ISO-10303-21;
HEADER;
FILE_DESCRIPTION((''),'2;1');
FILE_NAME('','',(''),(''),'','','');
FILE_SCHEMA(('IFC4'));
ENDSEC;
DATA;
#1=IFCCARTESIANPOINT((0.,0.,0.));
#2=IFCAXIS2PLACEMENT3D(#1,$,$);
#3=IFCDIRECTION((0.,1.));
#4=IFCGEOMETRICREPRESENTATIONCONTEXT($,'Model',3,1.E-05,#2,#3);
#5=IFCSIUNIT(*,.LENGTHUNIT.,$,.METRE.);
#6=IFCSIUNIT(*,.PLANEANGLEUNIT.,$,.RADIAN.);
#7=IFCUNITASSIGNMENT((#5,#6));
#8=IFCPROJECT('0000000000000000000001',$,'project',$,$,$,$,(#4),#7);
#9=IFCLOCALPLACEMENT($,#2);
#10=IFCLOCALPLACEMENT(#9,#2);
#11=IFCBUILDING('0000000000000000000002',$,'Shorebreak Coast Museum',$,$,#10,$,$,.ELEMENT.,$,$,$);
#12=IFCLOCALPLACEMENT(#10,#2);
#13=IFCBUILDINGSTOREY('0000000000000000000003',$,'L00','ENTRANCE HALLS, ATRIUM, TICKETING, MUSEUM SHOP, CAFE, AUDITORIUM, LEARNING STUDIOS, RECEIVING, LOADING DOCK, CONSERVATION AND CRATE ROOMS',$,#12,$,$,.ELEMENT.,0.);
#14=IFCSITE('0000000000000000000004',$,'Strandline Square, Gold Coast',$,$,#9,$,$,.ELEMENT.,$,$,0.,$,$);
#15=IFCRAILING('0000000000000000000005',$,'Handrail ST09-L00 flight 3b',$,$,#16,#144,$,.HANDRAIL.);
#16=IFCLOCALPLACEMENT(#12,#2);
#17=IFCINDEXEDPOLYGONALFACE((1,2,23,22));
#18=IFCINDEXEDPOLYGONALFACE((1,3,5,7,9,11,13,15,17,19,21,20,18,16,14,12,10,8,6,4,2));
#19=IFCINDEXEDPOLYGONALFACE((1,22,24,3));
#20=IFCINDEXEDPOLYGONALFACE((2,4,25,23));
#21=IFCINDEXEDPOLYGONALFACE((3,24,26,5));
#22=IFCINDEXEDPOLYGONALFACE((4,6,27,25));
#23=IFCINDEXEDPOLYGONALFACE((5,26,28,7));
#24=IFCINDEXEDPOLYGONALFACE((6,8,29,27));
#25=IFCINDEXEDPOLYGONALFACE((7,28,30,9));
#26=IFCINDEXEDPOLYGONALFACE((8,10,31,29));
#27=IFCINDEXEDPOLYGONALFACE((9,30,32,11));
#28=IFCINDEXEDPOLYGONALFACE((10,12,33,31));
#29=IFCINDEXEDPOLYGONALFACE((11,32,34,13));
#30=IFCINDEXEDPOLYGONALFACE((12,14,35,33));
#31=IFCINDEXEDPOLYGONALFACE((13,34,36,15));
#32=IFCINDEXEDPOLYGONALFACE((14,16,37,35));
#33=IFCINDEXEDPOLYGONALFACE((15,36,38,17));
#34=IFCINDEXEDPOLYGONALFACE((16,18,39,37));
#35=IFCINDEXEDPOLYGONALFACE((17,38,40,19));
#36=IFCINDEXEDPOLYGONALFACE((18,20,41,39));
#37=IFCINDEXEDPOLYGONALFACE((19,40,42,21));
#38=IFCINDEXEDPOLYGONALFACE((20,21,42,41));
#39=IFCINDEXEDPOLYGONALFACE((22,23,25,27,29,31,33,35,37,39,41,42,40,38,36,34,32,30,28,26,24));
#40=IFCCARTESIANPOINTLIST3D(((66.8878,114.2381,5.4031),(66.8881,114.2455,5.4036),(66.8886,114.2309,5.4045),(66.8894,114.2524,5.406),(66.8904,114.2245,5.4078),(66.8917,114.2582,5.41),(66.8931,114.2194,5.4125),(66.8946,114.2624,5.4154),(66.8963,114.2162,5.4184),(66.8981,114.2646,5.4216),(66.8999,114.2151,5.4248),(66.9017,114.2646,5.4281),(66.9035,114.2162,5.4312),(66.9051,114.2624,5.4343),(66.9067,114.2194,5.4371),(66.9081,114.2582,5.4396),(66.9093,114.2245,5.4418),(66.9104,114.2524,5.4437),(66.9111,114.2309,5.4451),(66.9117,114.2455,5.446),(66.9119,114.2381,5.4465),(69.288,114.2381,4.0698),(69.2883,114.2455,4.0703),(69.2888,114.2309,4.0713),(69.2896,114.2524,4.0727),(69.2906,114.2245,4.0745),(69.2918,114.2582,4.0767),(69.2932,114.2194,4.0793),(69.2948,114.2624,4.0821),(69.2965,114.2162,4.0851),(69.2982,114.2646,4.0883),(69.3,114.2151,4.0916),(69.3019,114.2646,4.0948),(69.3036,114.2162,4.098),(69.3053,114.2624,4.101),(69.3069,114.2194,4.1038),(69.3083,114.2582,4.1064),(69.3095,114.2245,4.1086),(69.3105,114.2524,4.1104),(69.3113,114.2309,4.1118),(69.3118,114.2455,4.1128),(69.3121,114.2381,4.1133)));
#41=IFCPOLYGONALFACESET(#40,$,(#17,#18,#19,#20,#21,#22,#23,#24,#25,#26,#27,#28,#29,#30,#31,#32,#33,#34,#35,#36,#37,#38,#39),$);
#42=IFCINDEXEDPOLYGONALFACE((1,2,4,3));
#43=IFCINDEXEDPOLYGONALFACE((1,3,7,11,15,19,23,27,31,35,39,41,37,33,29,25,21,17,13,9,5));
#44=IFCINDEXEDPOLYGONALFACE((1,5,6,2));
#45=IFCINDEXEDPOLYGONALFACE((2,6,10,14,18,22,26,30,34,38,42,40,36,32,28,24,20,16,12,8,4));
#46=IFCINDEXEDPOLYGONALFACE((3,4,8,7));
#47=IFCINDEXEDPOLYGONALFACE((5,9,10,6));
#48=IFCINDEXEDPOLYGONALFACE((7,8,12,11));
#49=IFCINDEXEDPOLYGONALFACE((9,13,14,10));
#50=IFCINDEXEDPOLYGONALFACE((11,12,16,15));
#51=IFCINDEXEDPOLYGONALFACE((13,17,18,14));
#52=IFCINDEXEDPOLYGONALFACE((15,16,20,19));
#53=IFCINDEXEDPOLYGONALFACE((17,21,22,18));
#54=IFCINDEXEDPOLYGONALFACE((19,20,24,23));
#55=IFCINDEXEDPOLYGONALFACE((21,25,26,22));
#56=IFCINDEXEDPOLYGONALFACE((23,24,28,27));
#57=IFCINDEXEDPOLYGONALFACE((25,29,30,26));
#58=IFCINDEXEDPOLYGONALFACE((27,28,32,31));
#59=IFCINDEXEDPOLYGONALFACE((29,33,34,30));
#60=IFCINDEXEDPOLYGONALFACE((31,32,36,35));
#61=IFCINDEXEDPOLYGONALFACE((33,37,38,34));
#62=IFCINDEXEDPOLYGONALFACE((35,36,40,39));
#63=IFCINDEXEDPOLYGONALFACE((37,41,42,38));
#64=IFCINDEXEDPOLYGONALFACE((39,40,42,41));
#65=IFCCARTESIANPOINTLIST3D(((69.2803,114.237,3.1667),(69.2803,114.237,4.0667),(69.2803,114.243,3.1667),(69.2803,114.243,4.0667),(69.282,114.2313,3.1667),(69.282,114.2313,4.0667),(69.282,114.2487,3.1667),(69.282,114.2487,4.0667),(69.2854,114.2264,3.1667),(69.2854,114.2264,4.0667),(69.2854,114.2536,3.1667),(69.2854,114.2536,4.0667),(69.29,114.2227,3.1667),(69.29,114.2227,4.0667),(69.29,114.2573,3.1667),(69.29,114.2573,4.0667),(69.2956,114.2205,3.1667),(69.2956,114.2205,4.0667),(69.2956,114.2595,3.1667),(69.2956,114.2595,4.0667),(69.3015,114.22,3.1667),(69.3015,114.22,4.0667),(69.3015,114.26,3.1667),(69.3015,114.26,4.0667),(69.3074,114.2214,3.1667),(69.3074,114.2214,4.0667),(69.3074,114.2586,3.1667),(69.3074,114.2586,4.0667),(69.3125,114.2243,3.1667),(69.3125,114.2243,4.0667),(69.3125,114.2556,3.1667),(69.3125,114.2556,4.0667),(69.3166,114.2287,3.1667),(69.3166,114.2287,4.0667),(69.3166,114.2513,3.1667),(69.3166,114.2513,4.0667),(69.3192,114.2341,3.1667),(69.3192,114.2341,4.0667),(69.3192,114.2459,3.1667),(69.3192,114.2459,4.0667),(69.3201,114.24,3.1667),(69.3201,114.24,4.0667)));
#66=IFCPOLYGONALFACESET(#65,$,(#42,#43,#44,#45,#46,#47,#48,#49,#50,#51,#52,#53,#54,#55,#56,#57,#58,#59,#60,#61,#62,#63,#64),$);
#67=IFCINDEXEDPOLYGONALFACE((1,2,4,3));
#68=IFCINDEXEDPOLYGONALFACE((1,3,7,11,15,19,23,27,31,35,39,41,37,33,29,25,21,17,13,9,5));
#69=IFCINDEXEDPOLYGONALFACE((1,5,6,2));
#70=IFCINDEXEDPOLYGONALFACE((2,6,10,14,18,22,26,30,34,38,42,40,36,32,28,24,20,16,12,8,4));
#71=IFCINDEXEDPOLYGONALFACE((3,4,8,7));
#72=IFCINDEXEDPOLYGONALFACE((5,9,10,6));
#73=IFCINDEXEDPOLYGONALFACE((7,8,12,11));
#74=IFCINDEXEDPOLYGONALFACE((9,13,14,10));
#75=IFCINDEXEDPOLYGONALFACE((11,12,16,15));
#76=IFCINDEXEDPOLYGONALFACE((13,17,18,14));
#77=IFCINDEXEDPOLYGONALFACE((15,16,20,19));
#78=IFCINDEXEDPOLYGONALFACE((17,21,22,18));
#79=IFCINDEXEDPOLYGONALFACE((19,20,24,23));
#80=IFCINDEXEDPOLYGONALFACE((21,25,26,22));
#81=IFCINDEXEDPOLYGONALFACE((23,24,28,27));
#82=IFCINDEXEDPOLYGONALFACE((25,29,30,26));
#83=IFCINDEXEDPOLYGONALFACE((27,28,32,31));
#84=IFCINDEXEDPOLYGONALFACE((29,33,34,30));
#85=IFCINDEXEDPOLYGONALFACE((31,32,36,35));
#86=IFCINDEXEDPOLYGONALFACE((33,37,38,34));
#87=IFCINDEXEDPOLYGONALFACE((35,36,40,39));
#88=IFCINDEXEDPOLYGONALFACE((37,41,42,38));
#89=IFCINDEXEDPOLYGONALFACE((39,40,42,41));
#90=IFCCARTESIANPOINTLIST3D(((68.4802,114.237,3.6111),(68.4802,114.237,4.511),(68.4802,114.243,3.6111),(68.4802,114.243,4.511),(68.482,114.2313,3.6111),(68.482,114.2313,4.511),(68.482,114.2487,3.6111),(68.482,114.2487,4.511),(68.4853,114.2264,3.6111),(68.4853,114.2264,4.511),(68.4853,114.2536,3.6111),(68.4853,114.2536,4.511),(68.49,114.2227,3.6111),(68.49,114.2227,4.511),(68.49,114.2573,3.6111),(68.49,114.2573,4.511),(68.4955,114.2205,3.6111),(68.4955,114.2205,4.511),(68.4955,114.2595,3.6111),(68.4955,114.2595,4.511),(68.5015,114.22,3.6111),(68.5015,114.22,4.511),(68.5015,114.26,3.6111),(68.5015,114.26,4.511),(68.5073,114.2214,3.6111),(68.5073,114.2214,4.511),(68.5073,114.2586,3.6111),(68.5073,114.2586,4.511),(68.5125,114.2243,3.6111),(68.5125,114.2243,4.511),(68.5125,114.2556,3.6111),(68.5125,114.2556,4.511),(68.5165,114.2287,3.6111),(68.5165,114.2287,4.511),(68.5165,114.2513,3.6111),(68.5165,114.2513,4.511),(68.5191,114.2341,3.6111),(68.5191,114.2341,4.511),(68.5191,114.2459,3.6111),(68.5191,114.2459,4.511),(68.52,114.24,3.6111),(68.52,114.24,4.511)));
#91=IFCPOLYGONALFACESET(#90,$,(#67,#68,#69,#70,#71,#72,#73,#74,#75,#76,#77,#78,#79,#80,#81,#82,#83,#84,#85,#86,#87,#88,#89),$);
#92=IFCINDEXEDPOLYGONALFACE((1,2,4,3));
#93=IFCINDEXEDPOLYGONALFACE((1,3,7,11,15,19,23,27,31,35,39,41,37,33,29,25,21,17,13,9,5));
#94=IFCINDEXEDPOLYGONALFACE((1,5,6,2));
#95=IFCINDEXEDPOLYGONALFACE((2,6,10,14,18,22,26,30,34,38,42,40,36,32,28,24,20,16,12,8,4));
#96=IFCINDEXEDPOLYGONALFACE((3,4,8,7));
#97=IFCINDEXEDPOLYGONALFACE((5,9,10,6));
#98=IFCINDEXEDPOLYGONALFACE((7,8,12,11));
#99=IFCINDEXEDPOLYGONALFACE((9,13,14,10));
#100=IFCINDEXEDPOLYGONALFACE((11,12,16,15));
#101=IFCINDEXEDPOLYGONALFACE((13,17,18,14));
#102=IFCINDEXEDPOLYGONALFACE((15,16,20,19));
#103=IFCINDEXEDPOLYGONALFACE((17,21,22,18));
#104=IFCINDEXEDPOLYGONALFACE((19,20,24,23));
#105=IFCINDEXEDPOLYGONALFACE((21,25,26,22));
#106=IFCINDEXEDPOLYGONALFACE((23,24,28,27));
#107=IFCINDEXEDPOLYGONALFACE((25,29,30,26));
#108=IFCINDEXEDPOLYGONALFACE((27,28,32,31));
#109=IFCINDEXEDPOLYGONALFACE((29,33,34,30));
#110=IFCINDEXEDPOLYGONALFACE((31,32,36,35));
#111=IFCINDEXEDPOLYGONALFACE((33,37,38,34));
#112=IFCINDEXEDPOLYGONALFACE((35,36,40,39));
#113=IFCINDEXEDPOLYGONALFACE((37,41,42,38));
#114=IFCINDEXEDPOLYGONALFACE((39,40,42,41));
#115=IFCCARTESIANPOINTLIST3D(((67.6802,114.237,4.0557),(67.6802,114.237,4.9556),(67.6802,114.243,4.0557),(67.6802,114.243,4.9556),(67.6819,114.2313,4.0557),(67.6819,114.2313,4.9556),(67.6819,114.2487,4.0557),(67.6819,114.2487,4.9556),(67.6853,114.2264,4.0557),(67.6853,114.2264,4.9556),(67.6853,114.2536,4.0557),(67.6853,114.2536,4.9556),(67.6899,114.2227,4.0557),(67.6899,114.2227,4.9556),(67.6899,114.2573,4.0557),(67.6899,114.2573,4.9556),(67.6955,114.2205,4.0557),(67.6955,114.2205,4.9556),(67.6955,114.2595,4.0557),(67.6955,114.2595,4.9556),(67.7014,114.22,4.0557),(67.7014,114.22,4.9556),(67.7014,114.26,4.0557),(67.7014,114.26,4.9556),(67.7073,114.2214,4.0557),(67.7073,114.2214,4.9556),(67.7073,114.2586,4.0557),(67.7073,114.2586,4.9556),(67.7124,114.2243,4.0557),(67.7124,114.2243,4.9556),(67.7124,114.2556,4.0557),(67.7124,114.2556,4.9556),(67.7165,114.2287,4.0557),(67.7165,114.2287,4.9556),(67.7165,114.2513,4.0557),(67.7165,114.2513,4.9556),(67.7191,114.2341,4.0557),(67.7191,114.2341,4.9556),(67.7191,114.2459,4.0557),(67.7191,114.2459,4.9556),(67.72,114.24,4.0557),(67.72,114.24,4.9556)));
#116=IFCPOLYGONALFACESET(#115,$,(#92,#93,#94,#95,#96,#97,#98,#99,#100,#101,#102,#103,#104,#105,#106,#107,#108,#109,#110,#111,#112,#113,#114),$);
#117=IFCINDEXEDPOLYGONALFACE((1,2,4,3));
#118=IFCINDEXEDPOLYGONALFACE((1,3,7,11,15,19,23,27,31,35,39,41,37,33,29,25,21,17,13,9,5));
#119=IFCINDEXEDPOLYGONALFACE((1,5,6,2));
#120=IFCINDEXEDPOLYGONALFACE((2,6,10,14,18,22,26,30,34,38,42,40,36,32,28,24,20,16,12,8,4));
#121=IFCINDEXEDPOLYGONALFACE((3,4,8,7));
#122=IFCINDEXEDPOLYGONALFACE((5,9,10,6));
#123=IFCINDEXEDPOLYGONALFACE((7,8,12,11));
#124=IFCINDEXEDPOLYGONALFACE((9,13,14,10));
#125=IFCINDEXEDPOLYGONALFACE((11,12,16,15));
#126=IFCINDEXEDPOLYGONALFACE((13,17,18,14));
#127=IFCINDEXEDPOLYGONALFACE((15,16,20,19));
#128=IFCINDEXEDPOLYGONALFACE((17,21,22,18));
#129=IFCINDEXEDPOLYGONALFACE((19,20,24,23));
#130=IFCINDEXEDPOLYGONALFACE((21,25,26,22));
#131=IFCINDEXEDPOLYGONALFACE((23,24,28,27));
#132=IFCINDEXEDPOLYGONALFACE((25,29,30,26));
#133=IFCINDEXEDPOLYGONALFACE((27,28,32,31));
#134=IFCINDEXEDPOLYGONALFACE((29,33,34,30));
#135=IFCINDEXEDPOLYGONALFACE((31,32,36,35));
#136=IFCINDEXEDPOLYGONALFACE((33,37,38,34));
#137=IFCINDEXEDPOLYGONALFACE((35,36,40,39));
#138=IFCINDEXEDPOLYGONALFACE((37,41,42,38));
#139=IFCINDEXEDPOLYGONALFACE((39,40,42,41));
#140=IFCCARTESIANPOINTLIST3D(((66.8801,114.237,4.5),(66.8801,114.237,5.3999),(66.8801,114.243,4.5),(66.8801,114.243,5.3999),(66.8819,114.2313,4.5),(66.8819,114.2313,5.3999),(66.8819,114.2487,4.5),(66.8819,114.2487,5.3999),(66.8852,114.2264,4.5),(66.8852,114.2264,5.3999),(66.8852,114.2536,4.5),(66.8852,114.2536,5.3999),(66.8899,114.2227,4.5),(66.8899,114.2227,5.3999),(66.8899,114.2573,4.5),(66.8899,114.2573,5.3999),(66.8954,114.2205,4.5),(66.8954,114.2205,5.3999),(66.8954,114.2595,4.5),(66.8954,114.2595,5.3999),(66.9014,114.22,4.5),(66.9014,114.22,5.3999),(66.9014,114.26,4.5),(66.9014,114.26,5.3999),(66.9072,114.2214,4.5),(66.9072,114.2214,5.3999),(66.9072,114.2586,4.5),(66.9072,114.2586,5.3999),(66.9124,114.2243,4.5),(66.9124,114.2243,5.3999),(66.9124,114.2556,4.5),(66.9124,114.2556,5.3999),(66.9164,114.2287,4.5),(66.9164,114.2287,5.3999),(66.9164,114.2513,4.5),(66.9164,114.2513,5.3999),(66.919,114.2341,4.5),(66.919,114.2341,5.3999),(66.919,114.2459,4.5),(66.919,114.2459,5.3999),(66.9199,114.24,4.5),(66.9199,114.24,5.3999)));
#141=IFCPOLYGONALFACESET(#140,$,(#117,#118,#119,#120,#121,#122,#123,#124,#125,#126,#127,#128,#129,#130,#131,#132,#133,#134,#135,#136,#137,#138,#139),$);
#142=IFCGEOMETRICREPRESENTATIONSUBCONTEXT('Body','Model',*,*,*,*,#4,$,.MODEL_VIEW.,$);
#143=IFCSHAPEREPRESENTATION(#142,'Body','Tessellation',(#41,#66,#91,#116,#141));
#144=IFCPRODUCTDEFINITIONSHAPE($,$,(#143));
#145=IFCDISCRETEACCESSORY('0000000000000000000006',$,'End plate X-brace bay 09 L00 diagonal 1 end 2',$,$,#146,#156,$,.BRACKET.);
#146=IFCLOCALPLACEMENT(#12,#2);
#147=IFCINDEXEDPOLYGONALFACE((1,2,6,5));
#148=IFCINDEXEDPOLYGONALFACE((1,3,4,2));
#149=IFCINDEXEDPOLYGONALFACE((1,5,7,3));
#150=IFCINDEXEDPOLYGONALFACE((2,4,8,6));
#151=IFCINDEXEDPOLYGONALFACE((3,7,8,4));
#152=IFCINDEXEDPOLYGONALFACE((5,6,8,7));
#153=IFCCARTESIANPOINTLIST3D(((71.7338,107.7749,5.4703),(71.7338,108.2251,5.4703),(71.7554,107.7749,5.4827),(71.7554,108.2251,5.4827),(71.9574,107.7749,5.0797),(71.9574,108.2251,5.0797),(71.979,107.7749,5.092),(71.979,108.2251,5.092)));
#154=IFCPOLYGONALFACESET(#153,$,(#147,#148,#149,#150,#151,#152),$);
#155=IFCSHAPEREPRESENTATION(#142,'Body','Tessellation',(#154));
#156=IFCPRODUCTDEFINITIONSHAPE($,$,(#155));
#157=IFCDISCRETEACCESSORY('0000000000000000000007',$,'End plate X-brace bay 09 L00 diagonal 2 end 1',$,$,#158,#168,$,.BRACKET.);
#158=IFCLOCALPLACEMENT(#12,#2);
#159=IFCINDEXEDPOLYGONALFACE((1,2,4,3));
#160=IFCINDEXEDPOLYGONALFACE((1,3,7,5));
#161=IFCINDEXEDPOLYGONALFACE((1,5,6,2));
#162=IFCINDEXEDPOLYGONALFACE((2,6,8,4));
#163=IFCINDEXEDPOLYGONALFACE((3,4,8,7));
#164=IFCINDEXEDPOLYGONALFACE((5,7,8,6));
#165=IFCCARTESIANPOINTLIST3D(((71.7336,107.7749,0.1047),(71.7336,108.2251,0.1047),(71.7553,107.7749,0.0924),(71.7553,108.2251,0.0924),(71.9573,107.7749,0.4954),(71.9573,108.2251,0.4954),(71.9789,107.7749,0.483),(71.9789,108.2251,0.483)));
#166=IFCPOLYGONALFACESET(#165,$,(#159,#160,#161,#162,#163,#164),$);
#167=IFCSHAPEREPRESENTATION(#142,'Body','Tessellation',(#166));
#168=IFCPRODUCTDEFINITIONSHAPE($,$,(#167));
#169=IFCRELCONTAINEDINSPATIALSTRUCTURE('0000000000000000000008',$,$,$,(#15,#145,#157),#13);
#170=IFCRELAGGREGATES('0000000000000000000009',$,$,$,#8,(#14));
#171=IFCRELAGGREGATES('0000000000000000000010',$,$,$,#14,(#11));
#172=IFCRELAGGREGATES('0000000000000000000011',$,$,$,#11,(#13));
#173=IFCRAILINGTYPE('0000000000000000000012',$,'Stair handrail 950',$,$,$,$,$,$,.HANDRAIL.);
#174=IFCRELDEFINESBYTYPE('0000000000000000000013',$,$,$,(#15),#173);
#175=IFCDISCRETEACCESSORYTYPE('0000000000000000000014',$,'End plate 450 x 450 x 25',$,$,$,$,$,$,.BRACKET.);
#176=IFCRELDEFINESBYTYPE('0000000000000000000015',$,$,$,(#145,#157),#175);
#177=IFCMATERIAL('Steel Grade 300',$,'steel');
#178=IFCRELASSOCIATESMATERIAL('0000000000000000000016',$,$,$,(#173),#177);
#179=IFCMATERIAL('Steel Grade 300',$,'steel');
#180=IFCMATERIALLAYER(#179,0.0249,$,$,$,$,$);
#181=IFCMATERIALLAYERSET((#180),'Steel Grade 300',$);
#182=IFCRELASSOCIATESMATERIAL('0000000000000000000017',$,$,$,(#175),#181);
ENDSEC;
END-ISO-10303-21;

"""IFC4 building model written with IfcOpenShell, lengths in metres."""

from ifc_helpers import new_model, si_unit, direction, frame, origin, origin_2d, place, context, subcontext, project, spatial, polyline, circle, outline, extrude, material, layer, layer_set, type_object, element, save


model = new_model("IFC4")

# Units and contexts
model_context = context("Model", 3, precision=1e-05, world=origin(), true_north=direction((0.0, 1.0)))
body_context = subcontext(model_context, "Body", "Model", "MODEL_VIEW")
ifc_project = project(units=[si_unit("LENGTHUNIT", "METRE"), si_unit("PLANEANGLEUNIT", "RADIAN")], contexts=[model_context])

# Site, building, storey
site_placement = place(None, origin())
site = spatial("IfcSite", under=ifc_project, at=site_placement, Name="Strandline Square, Gold Coast", CompositionType="ELEMENT", RefElevation=0.0)
building_placement = place(site_placement, origin())
building = spatial("IfcBuilding", under=site, at=building_placement, Name="Shorebreak Coast Museum", CompositionType="ELEMENT")
storey_placement = place(building_placement, origin())
storey = spatial("IfcBuildingStorey", under=building, at=storey_placement, Name="L00", Description="ENTRANCE HALLS, ATRIUM, TICKETING, MUSEUM SHOP, CAFE, AUDITORIUM, LEARNING STUDIOS, RECEIVING, LOADING DOCK, CONSERVATION AND CRATE ROOMS", CompositionType="ELEMENT", Elevation=0.0)

# Railing
ifc_material_1 = material(Name="Steel Grade 300", Category="steel")
railing_type_1 = type_object("IfcRailingType", Name="Stair handrail 950", PredefinedType="HANDRAIL", material=ifc_material_1)
railing_1_placement = place(storey_placement, frame((69.3, 114.24, 3.1667)))
element("IfcRailing", 1, at=railing_1_placement, inside=storey, type_object=railing_type_1, Name="Handrail ST09-L00 flight 3b", PredefinedType="HANDRAIL", context=body_context, shape_type="SweptSolid", body=[
    extrude(circle(Radius=0.0249, at=origin_2d()), frame((0.0, 0.0, 0.9248), z_axis=(-0.874182, 0.0, 0.485598), x_axis=(0.0, -1.0, 0.0)), (0.0, 0.0, 1.0), 2.7456),
    extrude(circle(Radius=0.02, at=origin_2d()), origin(), (0.0, 0.0, 1.0), 0.8999),
    extrude(circle(Radius=0.02, at=origin_2d()), frame((-0.8, 0.0, 0.4443)), (0.0, 0.0, 1.0), 0.8999),
    extrude(circle(Radius=0.02, at=origin_2d()), frame((-1.6001, 0.0, 0.8889)), (0.0, 0.0, 1.0), 0.8999),
    extrude(circle(Radius=0.02, at=origin_2d()), frame((-2.4001, 0.0, 1.3333)), (0.0, 0.0, 1.0), 0.8999),
])

# Discrete accessories
ifc_material_2 = material(Name="Steel Grade 300", Category="steel")
ifc_layer_1 = layer(ifc_material_2, 0.0249)
ifc_layer_set_1 = layer_set([ifc_layer_1], Name="Steel Grade 300")
discrete_accessory_type = type_object("IfcDiscreteAccessoryType", Name="End plate 450 x 450 x 25", PredefinedType="BRACKET", material=ifc_layer_set_1)
for number, where, z_axis, x_axis, name in (
    (2, (71.979, 107.7749, 5.092), (0.867842, 0.0, 0.49684), (0.0, 1.0, 0.0), "End plate X-brace bay 09 L00 diagonal 1 end 2"),
    (3, (71.7336, 108.2251, 0.1047), (-0.867842, 0.0, 0.49684), (0.0, -1.0, 0.0), "End plate X-brace bay 09 L00 diagonal 2 end 1"),
):
    element("IfcDiscreteAccessory", number, at=place(storey_placement, frame(where, z_axis=z_axis, x_axis=x_axis)), inside=storey, type_object=discrete_accessory_type, Name=name, PredefinedType="BRACKET", context=body_context, shape_type="SweptSolid", body=[
        extrude(outline(polyline([(0.0, 0.0), (0.4502, 0.0), (0.4502, 0.4501), (0.0, 0.4501), (0.0, 0.0)])), origin(), (0.0, 0.0, -1.0), 0.0249),
    ])

save(model, "model.ifc")
